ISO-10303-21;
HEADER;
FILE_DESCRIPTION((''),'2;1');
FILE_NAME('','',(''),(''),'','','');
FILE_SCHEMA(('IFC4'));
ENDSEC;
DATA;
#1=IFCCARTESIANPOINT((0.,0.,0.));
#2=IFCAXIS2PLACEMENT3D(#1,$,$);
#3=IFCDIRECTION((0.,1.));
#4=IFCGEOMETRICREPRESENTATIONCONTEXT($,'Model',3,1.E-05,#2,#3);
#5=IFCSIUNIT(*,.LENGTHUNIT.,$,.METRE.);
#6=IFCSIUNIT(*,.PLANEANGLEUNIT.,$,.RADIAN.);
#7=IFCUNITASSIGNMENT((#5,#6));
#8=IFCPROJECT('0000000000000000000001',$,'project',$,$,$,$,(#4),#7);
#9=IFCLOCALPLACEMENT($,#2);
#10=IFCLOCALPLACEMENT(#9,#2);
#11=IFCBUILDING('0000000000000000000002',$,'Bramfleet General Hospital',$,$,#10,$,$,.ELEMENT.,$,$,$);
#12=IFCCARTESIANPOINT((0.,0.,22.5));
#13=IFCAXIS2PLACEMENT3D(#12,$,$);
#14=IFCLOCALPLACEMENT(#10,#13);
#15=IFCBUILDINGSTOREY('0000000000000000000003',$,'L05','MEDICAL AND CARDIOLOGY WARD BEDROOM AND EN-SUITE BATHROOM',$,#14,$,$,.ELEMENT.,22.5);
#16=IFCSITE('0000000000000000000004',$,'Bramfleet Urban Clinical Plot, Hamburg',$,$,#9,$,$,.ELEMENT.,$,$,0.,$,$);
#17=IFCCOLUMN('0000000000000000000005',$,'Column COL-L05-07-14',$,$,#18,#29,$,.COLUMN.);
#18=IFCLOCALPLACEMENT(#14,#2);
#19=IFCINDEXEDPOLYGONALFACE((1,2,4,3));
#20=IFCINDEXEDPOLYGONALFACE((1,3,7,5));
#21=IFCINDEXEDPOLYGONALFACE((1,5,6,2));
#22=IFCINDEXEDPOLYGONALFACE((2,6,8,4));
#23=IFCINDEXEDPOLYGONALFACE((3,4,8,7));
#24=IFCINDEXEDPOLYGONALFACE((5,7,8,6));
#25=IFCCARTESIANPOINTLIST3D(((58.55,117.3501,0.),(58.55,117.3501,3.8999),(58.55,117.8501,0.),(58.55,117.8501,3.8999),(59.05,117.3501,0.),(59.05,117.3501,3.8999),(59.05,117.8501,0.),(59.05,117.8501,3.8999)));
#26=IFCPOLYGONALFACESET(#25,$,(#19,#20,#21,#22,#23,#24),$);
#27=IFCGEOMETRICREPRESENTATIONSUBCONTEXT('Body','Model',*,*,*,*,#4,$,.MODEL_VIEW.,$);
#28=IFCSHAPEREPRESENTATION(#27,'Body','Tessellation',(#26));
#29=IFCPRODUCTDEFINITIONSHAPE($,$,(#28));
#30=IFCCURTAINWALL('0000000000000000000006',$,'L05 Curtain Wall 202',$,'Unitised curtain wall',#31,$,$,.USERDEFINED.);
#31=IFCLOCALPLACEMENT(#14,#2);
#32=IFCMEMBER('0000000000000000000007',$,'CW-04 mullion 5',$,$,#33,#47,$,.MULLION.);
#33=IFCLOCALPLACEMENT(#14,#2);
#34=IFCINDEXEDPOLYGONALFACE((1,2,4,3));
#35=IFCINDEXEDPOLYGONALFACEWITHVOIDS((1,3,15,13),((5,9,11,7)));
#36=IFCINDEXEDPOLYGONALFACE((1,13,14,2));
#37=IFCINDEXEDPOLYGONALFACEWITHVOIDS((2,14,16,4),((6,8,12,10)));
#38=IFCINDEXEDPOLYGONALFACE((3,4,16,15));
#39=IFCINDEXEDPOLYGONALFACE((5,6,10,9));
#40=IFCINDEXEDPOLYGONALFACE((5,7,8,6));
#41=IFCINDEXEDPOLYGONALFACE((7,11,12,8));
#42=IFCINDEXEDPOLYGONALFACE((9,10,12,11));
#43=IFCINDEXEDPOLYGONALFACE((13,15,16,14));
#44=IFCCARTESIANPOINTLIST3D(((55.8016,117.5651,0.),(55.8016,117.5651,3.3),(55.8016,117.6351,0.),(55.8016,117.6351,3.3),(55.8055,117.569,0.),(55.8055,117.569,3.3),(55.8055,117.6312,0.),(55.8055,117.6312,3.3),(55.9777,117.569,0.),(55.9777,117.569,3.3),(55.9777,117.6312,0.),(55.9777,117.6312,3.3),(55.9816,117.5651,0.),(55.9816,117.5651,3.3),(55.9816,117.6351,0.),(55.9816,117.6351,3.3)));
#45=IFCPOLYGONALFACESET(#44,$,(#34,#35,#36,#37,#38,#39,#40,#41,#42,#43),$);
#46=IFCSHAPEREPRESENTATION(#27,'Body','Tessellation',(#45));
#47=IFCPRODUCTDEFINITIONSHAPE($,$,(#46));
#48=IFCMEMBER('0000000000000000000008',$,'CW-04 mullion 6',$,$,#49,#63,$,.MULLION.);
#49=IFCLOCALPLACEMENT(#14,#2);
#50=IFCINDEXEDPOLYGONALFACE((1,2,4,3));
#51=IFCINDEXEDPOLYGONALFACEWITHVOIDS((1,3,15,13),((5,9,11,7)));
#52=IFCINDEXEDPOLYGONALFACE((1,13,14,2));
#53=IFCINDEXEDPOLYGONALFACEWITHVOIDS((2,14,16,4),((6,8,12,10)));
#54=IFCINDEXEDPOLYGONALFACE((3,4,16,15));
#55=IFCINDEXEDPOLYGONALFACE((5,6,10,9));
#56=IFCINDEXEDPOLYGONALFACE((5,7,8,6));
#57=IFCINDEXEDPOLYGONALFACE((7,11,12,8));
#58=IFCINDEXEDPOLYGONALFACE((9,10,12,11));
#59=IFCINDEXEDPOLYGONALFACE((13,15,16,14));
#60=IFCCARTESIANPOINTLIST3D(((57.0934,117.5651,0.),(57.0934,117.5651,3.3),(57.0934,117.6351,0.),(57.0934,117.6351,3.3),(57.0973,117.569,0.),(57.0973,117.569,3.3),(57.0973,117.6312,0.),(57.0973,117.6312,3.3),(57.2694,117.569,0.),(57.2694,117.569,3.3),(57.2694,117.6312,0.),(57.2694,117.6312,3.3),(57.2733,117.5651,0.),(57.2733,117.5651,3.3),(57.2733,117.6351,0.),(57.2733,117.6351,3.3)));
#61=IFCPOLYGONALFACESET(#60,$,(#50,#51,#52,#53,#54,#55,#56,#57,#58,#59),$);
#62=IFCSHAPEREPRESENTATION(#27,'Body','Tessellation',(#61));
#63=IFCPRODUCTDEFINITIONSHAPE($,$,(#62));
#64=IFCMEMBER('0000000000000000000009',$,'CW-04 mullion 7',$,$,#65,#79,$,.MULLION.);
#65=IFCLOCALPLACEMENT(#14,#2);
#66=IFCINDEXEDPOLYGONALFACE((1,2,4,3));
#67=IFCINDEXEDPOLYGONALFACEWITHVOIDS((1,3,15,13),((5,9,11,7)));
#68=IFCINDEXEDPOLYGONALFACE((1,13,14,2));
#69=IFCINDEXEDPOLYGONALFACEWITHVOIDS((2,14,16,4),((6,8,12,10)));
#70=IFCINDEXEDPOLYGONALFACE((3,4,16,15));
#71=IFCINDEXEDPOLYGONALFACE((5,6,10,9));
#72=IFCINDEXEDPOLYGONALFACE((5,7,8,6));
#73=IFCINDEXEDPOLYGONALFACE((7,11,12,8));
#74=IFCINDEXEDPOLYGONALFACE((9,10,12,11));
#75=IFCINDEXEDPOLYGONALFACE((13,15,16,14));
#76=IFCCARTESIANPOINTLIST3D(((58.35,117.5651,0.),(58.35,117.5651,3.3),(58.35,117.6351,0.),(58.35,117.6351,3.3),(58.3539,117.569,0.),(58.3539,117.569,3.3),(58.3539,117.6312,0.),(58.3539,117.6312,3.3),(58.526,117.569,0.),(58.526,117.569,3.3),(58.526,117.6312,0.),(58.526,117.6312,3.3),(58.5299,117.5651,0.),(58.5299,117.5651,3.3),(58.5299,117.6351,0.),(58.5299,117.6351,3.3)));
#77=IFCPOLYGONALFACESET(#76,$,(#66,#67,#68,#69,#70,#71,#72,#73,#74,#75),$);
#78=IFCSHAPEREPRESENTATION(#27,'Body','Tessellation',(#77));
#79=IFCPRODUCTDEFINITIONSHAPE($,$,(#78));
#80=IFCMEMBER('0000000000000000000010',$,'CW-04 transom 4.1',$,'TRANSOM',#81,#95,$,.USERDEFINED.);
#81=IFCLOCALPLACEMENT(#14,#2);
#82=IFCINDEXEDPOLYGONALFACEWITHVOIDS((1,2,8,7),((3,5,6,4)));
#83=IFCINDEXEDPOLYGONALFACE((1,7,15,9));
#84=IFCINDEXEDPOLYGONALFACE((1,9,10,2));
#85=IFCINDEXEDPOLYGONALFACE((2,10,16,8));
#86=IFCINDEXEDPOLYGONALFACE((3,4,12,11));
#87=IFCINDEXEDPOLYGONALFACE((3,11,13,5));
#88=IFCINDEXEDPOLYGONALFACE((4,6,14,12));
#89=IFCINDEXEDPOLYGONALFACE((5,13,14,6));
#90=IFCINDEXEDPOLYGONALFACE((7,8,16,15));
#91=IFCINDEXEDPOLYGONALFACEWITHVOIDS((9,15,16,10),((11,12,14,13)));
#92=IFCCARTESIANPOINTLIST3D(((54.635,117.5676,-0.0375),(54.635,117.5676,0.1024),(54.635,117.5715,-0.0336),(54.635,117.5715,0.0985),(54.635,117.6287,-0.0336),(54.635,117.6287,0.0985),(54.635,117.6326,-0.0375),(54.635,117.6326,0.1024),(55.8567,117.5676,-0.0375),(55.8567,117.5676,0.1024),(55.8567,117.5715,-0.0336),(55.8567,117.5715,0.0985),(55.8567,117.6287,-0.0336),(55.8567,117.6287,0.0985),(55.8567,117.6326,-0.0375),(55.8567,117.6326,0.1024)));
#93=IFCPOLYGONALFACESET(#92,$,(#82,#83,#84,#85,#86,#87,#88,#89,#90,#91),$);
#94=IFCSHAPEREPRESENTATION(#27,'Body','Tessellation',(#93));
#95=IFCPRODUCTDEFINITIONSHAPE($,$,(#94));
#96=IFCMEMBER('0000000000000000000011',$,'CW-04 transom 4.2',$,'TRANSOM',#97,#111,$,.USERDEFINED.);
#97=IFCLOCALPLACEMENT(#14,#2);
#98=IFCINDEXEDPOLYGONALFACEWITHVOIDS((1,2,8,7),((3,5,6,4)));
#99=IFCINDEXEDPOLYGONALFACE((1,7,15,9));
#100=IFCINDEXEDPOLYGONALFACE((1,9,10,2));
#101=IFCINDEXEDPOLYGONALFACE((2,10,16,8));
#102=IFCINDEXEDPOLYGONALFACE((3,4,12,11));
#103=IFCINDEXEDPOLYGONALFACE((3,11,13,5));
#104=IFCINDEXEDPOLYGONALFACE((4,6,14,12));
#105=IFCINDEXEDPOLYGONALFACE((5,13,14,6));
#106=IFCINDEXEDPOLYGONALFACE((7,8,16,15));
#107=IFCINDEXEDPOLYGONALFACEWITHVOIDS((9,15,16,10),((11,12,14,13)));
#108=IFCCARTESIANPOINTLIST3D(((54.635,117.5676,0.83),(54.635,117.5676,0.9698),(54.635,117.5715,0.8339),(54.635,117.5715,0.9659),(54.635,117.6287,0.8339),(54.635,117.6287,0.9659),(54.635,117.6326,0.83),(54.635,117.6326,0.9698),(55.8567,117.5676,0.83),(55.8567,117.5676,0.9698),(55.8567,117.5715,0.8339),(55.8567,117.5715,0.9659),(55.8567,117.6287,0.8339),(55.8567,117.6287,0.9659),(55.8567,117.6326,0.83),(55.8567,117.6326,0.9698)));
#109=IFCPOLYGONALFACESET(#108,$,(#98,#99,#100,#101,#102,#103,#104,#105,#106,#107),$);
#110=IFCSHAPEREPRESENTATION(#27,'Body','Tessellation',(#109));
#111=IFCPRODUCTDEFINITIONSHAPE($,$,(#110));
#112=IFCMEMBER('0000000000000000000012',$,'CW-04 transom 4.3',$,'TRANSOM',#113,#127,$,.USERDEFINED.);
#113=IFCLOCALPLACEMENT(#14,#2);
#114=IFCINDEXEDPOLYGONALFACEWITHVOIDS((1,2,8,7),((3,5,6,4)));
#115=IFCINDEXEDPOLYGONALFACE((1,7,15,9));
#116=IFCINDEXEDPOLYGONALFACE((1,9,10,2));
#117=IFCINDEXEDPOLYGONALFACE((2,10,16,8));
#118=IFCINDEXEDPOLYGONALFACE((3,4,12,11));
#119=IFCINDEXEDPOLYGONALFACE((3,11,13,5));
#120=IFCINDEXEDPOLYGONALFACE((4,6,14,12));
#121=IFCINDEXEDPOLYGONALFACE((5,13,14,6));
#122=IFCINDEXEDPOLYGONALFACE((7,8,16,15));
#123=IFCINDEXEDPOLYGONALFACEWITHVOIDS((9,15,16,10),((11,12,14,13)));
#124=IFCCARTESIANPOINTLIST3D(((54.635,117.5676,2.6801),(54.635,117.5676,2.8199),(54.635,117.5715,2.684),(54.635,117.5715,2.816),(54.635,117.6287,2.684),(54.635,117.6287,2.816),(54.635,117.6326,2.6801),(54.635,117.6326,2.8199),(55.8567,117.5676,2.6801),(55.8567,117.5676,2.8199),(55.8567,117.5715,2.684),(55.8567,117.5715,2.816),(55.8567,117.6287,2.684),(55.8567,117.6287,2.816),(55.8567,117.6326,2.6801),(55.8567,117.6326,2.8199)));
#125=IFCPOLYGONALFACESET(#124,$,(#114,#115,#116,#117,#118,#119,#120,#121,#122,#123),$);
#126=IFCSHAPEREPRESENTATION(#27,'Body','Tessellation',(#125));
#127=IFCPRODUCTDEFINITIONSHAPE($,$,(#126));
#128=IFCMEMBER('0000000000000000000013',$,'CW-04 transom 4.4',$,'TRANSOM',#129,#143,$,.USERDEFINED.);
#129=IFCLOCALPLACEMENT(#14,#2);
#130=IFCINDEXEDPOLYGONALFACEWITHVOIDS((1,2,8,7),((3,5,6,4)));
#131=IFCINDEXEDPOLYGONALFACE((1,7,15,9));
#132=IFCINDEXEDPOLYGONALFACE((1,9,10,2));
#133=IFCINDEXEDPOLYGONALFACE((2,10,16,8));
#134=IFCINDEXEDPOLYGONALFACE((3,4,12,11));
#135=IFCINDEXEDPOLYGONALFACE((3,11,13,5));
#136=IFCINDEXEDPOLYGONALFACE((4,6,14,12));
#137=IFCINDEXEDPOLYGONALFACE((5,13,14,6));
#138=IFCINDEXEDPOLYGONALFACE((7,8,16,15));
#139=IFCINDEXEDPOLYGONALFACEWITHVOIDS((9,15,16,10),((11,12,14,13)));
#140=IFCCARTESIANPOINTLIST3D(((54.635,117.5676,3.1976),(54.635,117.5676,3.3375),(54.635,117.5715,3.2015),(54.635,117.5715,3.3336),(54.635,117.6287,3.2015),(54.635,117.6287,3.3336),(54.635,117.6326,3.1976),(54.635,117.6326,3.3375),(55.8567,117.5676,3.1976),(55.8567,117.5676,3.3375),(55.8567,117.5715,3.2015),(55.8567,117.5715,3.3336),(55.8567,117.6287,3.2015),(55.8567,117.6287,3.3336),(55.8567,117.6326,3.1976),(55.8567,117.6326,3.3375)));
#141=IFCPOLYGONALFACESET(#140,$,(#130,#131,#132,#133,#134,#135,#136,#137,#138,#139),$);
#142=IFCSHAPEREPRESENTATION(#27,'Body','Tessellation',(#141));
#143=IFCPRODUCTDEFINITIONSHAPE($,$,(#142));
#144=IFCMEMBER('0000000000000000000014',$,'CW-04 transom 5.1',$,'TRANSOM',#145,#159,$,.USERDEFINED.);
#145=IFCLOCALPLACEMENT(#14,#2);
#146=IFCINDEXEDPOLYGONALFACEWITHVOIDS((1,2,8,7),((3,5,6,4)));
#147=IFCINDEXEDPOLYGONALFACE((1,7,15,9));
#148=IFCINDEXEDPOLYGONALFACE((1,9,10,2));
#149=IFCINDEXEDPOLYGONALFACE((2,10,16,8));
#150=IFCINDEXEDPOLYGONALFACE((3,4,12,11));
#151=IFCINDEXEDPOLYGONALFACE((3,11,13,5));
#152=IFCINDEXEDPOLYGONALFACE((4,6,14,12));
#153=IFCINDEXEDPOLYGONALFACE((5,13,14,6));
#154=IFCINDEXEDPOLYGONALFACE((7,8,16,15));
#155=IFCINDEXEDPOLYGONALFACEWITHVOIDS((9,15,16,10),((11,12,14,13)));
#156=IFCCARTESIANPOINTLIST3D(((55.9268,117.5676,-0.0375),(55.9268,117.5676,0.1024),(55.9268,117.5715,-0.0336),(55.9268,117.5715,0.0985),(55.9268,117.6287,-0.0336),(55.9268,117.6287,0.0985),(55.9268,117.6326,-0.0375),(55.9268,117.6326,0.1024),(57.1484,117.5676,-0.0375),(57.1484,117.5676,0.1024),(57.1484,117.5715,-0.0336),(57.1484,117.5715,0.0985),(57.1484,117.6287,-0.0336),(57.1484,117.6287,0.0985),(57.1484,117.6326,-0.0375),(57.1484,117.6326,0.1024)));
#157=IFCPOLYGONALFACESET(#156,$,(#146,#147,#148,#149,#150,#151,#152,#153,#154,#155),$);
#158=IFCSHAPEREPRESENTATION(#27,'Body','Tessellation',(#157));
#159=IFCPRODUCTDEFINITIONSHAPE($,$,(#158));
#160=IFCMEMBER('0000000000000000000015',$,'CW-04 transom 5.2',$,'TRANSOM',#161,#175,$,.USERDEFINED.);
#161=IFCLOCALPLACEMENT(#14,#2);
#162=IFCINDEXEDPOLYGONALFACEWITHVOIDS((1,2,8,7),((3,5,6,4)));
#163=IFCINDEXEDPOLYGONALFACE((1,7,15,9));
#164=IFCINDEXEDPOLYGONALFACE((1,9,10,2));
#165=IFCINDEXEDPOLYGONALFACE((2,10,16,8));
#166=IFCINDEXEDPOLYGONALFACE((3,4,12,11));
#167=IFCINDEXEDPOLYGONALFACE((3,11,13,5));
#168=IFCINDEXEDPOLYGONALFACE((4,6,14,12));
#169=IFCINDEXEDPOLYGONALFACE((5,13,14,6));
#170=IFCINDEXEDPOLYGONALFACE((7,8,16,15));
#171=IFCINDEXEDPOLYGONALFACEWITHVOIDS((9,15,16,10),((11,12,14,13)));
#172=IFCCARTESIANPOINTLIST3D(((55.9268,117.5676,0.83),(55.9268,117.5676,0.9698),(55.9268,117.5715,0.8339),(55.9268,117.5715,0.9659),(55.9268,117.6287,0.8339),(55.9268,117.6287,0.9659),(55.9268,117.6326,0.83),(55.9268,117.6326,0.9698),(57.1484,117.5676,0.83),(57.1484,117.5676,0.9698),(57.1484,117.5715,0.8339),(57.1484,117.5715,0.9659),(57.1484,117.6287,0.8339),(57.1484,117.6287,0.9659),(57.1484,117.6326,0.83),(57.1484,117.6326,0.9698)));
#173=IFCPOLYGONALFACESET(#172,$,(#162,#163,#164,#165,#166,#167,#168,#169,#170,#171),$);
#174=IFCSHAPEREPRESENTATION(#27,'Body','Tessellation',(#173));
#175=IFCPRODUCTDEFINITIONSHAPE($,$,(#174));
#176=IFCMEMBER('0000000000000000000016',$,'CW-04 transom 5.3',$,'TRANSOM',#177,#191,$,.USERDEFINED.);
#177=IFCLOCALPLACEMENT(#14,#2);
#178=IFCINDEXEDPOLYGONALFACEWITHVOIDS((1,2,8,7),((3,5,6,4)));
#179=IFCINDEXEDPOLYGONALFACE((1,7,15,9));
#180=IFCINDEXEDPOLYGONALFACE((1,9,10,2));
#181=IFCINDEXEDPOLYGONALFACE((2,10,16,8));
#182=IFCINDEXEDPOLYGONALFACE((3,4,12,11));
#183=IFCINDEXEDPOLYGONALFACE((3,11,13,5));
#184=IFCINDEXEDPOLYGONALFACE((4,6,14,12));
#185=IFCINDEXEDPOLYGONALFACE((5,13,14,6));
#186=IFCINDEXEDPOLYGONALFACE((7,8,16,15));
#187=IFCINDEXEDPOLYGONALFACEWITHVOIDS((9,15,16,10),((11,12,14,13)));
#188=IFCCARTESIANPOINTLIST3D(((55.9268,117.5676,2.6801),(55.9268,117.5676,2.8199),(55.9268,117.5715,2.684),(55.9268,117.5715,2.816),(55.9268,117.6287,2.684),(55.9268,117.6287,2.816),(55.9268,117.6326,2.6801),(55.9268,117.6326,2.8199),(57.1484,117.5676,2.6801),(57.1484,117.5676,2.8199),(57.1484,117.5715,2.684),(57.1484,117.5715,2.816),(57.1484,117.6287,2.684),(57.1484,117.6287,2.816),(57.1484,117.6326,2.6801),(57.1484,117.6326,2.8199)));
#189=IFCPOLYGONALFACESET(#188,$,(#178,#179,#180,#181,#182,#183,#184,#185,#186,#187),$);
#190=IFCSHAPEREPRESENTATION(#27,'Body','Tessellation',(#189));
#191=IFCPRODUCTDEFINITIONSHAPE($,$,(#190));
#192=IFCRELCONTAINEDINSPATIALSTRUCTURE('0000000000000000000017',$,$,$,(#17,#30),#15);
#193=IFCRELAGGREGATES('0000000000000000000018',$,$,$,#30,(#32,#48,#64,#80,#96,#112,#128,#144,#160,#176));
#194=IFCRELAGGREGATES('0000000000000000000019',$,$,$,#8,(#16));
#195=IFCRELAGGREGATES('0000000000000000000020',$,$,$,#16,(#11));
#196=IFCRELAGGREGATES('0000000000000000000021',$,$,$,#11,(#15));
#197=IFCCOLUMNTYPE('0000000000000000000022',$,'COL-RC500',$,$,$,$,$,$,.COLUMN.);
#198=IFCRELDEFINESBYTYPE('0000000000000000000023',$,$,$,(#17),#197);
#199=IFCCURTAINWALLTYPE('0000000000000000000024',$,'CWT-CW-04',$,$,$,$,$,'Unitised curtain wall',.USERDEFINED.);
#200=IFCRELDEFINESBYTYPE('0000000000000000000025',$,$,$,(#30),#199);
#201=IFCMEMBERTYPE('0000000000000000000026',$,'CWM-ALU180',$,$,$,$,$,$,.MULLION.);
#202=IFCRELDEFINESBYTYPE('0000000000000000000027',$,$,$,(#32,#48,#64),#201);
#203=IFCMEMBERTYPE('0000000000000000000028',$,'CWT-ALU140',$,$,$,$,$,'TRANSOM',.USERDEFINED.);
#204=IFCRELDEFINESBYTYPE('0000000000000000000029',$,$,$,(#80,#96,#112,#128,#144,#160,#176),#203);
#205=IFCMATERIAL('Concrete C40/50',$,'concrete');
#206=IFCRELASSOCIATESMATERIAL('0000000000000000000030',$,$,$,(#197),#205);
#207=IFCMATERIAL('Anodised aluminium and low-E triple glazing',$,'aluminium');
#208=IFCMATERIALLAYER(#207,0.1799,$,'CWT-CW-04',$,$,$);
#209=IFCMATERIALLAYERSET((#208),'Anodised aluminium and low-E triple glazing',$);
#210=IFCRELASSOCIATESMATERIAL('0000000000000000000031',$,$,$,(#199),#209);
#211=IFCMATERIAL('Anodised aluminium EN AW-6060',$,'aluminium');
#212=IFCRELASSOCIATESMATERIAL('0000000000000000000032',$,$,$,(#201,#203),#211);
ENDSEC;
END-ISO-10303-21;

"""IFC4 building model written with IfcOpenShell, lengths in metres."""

from ifc_helpers import new_model, si_unit, direction, frame, origin, origin_2d, place, context, subcontext, project, spatial, rectangle, hollow_rectangle, extrude, material, layer, layer_set, material_profile, profile_set, type_object, element, aggregate, save


model = new_model("IFC4")

# Units and contexts
model_context = context("Model", 3, precision=1e-05, world=origin(), true_north=direction((0.0, 1.0)))
body_context = subcontext(model_context, "Body", "Model", "MODEL_VIEW")
ifc_project = project(units=[si_unit("LENGTHUNIT", "METRE"), si_unit("PLANEANGLEUNIT", "RADIAN")], contexts=[model_context])

# Site, building, storey
site_placement = place(None, origin())
site = spatial("IfcSite", under=ifc_project, at=site_placement, Name="Bramfleet Urban Clinical Plot, Hamburg", CompositionType="ELEMENT", RefElevation=0.0)
building_placement = place(site_placement, origin())
building = spatial("IfcBuilding", under=site, at=building_placement, Name="Bramfleet General Hospital", CompositionType="ELEMENT")
storey_placement = place(building_placement, frame((0.0, 0.0, 22.5)))
storey = spatial("IfcBuildingStorey", under=building, at=storey_placement, Name="L05", Description="MEDICAL AND CARDIOLOGY WARD BEDROOM AND EN-SUITE BATHROOM", CompositionType="ELEMENT", Elevation=22.5)

# Column
ifc_material_1 = material(Name="Concrete C40/50", Category="concrete")
ifc_material_profile_1 = material_profile(ifc_material_1, rectangle(XDim=0.5, YDim=0.5, at=origin_2d()), Name="RC COL 500x500")
ifc_profile_set_1 = profile_set([ifc_material_profile_1], Name="Concrete C40/50")
column_type = type_object("IfcColumnType", Name="COL-RC500", PredefinedType="COLUMN", material=ifc_profile_set_1)
column_placement = place(storey_placement, frame((58.8, 117.6001, 0.0), z_axis=(0.0, 0.0, 1.0), x_axis=(1.0, 0.0, 0.0)))
element("IfcColumn", 1, at=column_placement, inside=storey, type_object=column_type, Name="Column COL-L05-07-14", PredefinedType="COLUMN", context=body_context, shape_type="SweptSolid", body=[
    extrude(rectangle(XDim=0.5, YDim=0.5, at=origin_2d()), origin(), (0.0, 0.0, 1.0), 3.8999),
])

# Curtain wall, members
ifc_material_2 = material(Name="Anodised aluminium and low-E triple glazing", Category="aluminium")
ifc_layer_1 = layer(ifc_material_2, 0.1799, Name="CWT-CW-04")
ifc_layer_set_1 = layer_set([ifc_layer_1], Name="Anodised aluminium and low-E triple glazing")
curtain_wall_type = type_object("IfcCurtainWallType", Name="CWT-CW-04", ElementType="Unitised curtain wall", PredefinedType="USERDEFINED", material=ifc_layer_set_1)
curtain_wall_placement = place(storey_placement, origin())
curtain_wall = element("IfcCurtainWall", 2, at=curtain_wall_placement, inside=storey, type_object=curtain_wall_type, Name="L05 Curtain Wall 202", ObjectType="Unitised curtain wall", PredefinedType="USERDEFINED")
ifc_material_3 = material(Name="Anodised aluminium EN AW-6060", Category="aluminium")
ifc_material_profile_2 = material_profile(ifc_material_3, hollow_rectangle(XDim=0.0701, YDim=0.1799, WallThickness=0.0039, at=origin_2d()), Name="ALU 180x70x4.0")
ifc_profile_set_2 = profile_set([ifc_material_profile_2], Name="Anodised aluminium EN AW-6060")
member_type_1 = type_object("IfcMemberType", Name="CWM-ALU180", PredefinedType="MULLION", material=ifc_profile_set_2)
member_1_placement = place(storey_placement, frame((55.8916, 117.6001, 0.0), z_axis=(0.0, 0.0, 1.0), x_axis=(0.0, 1.0, 0.0)))
member_1 = element("IfcMember", 3, at=member_1_placement, type_object=member_type_1, Name="CW-04 mullion 5", PredefinedType="MULLION", context=body_context, shape_type="SweptSolid", body=[
    extrude(hollow_rectangle(XDim=0.0701, YDim=0.1799, WallThickness=0.0039, at=origin_2d()), origin(), (0.0, 0.0, 1.0), 3.3),
])
member_2_placement = place(storey_placement, frame((57.1833, 117.6001, 0.0), z_axis=(0.0, 0.0, 1.0), x_axis=(0.0, 1.0, 0.0)))
member_2 = element("IfcMember", 4, at=member_2_placement, type_object=member_type_1, Name="CW-04 mullion 6", PredefinedType="MULLION", context=body_context, shape_type="SweptSolid", body=[
    extrude(hollow_rectangle(XDim=0.0701, YDim=0.1799, WallThickness=0.0039, at=origin_2d()), origin(), (0.0, 0.0, 1.0), 3.3),
])
member_3_placement = place(storey_placement, frame((58.4399, 117.6001, 0.0), z_axis=(0.0, 0.0, 1.0), x_axis=(0.0, 1.0, 0.0)))
member_3 = element("IfcMember", 5, at=member_3_placement, type_object=member_type_1, Name="CW-04 mullion 7", PredefinedType="MULLION", context=body_context, shape_type="SweptSolid", body=[
    extrude(hollow_rectangle(XDim=0.0701, YDim=0.1799, WallThickness=0.0039, at=origin_2d()), origin(), (0.0, 0.0, 1.0), 3.3),
])
ifc_material_profile_3 = material_profile(ifc_material_3, hollow_rectangle(XDim=0.0649, YDim=0.1399, WallThickness=0.0039, at=origin_2d()), Name="ALU 140x65x4.0")
ifc_profile_set_3 = profile_set([ifc_material_profile_3], Name="Anodised aluminium EN AW-6060")
member_type_2 = type_object("IfcMemberType", Name="CWT-ALU140", ElementType="TRANSOM", PredefinedType="USERDEFINED", material=ifc_profile_set_3)
member_4_placement = place(storey_placement, frame((54.635, 117.6001, 0.0325), z_axis=(1.0, 0.0, 0.0), x_axis=(0.0, 1.0, 0.0)))
member_4 = element("IfcMember", 6, at=member_4_placement, type_object=member_type_2, Name="CW-04 transom 4.1", ObjectType="TRANSOM", PredefinedType="USERDEFINED", context=body_context, shape_type="SweptSolid", body=[
    extrude(hollow_rectangle(XDim=0.0649, YDim=0.1399, WallThickness=0.0039, at=origin_2d()), origin(), (0.0, 0.0, 1.0), 1.2217),
])
member_5_placement = place(storey_placement, frame((54.635, 117.6001, 0.8999), z_axis=(1.0, 0.0, 0.0), x_axis=(0.0, 1.0, 0.0)))
member_5 = element("IfcMember", 7, at=member_5_placement, type_object=member_type_2, Name="CW-04 transom 4.2", ObjectType="TRANSOM", PredefinedType="USERDEFINED", context=body_context, shape_type="SweptSolid", body=[
    extrude(hollow_rectangle(XDim=0.0649, YDim=0.1399, WallThickness=0.0039, at=origin_2d()), origin(), (0.0, 0.0, 1.0), 1.2217),
])
member_6_placement = place(storey_placement, frame((54.635, 117.6001, 2.75), z_axis=(1.0, 0.0, 0.0), x_axis=(0.0, 1.0, 0.0)))
member_6 = element("IfcMember", 8, at=member_6_placement, type_object=member_type_2, Name="CW-04 transom 4.3", ObjectType="TRANSOM", PredefinedType="USERDEFINED", context=body_context, shape_type="SweptSolid", body=[
    extrude(hollow_rectangle(XDim=0.0649, YDim=0.1399, WallThickness=0.0039, at=origin_2d()), origin(), (0.0, 0.0, 1.0), 1.2217),
])
member_7_placement = place(storey_placement, frame((54.635, 117.6001, 3.2676), z_axis=(1.0, 0.0, 0.0), x_axis=(0.0, 1.0, 0.0)))
member_7 = element("IfcMember", 9, at=member_7_placement, type_object=member_type_2, Name="CW-04 transom 4.4", ObjectType="TRANSOM", PredefinedType="USERDEFINED", context=body_context, shape_type="SweptSolid", body=[
    extrude(hollow_rectangle(XDim=0.0649, YDim=0.1399, WallThickness=0.0039, at=origin_2d()), origin(), (0.0, 0.0, 1.0), 1.2217),
])
member_8_placement = place(storey_placement, frame((55.9268, 117.6001, 0.0325), z_axis=(1.0, 0.0, 0.0), x_axis=(0.0, 1.0, 0.0)))
member_8 = element("IfcMember", 10, at=member_8_placement, type_object=member_type_2, Name="CW-04 transom 5.1", ObjectType="TRANSOM", PredefinedType="USERDEFINED", context=body_context, shape_type="SweptSolid", body=[
    extrude(hollow_rectangle(XDim=0.0649, YDim=0.1399, WallThickness=0.0039, at=origin_2d()), origin(), (0.0, 0.0, 1.0), 1.2217),
])
member_9_placement = place(storey_placement, frame((55.9268, 117.6001, 0.8999), z_axis=(1.0, 0.0, 0.0), x_axis=(0.0, 1.0, 0.0)))
member_9 = element("IfcMember", 11, at=member_9_placement, type_object=member_type_2, Name="CW-04 transom 5.2", ObjectType="TRANSOM", PredefinedType="USERDEFINED", context=body_context, shape_type="SweptSolid", body=[
    extrude(hollow_rectangle(XDim=0.0649, YDim=0.1399, WallThickness=0.0039, at=origin_2d()), origin(), (0.0, 0.0, 1.0), 1.2217),
])
member_10_placement = place(storey_placement, frame((55.9268, 117.6001, 2.75), z_axis=(1.0, 0.0, 0.0), x_axis=(0.0, 1.0, 0.0)))
member_10 = element("IfcMember", 12, at=member_10_placement, type_object=member_type_2, Name="CW-04 transom 5.3", ObjectType="TRANSOM", PredefinedType="USERDEFINED", context=body_context, shape_type="SweptSolid", body=[
    extrude(hollow_rectangle(XDim=0.0649, YDim=0.1399, WallThickness=0.0039, at=origin_2d()), origin(), (0.0, 0.0, 1.0), 1.2217),
])
aggregate(curtain_wall, [member_1, member_2, member_3, member_4, member_5, member_6, member_7, member_8, member_9, member_10])

save(model, "model.ifc")
